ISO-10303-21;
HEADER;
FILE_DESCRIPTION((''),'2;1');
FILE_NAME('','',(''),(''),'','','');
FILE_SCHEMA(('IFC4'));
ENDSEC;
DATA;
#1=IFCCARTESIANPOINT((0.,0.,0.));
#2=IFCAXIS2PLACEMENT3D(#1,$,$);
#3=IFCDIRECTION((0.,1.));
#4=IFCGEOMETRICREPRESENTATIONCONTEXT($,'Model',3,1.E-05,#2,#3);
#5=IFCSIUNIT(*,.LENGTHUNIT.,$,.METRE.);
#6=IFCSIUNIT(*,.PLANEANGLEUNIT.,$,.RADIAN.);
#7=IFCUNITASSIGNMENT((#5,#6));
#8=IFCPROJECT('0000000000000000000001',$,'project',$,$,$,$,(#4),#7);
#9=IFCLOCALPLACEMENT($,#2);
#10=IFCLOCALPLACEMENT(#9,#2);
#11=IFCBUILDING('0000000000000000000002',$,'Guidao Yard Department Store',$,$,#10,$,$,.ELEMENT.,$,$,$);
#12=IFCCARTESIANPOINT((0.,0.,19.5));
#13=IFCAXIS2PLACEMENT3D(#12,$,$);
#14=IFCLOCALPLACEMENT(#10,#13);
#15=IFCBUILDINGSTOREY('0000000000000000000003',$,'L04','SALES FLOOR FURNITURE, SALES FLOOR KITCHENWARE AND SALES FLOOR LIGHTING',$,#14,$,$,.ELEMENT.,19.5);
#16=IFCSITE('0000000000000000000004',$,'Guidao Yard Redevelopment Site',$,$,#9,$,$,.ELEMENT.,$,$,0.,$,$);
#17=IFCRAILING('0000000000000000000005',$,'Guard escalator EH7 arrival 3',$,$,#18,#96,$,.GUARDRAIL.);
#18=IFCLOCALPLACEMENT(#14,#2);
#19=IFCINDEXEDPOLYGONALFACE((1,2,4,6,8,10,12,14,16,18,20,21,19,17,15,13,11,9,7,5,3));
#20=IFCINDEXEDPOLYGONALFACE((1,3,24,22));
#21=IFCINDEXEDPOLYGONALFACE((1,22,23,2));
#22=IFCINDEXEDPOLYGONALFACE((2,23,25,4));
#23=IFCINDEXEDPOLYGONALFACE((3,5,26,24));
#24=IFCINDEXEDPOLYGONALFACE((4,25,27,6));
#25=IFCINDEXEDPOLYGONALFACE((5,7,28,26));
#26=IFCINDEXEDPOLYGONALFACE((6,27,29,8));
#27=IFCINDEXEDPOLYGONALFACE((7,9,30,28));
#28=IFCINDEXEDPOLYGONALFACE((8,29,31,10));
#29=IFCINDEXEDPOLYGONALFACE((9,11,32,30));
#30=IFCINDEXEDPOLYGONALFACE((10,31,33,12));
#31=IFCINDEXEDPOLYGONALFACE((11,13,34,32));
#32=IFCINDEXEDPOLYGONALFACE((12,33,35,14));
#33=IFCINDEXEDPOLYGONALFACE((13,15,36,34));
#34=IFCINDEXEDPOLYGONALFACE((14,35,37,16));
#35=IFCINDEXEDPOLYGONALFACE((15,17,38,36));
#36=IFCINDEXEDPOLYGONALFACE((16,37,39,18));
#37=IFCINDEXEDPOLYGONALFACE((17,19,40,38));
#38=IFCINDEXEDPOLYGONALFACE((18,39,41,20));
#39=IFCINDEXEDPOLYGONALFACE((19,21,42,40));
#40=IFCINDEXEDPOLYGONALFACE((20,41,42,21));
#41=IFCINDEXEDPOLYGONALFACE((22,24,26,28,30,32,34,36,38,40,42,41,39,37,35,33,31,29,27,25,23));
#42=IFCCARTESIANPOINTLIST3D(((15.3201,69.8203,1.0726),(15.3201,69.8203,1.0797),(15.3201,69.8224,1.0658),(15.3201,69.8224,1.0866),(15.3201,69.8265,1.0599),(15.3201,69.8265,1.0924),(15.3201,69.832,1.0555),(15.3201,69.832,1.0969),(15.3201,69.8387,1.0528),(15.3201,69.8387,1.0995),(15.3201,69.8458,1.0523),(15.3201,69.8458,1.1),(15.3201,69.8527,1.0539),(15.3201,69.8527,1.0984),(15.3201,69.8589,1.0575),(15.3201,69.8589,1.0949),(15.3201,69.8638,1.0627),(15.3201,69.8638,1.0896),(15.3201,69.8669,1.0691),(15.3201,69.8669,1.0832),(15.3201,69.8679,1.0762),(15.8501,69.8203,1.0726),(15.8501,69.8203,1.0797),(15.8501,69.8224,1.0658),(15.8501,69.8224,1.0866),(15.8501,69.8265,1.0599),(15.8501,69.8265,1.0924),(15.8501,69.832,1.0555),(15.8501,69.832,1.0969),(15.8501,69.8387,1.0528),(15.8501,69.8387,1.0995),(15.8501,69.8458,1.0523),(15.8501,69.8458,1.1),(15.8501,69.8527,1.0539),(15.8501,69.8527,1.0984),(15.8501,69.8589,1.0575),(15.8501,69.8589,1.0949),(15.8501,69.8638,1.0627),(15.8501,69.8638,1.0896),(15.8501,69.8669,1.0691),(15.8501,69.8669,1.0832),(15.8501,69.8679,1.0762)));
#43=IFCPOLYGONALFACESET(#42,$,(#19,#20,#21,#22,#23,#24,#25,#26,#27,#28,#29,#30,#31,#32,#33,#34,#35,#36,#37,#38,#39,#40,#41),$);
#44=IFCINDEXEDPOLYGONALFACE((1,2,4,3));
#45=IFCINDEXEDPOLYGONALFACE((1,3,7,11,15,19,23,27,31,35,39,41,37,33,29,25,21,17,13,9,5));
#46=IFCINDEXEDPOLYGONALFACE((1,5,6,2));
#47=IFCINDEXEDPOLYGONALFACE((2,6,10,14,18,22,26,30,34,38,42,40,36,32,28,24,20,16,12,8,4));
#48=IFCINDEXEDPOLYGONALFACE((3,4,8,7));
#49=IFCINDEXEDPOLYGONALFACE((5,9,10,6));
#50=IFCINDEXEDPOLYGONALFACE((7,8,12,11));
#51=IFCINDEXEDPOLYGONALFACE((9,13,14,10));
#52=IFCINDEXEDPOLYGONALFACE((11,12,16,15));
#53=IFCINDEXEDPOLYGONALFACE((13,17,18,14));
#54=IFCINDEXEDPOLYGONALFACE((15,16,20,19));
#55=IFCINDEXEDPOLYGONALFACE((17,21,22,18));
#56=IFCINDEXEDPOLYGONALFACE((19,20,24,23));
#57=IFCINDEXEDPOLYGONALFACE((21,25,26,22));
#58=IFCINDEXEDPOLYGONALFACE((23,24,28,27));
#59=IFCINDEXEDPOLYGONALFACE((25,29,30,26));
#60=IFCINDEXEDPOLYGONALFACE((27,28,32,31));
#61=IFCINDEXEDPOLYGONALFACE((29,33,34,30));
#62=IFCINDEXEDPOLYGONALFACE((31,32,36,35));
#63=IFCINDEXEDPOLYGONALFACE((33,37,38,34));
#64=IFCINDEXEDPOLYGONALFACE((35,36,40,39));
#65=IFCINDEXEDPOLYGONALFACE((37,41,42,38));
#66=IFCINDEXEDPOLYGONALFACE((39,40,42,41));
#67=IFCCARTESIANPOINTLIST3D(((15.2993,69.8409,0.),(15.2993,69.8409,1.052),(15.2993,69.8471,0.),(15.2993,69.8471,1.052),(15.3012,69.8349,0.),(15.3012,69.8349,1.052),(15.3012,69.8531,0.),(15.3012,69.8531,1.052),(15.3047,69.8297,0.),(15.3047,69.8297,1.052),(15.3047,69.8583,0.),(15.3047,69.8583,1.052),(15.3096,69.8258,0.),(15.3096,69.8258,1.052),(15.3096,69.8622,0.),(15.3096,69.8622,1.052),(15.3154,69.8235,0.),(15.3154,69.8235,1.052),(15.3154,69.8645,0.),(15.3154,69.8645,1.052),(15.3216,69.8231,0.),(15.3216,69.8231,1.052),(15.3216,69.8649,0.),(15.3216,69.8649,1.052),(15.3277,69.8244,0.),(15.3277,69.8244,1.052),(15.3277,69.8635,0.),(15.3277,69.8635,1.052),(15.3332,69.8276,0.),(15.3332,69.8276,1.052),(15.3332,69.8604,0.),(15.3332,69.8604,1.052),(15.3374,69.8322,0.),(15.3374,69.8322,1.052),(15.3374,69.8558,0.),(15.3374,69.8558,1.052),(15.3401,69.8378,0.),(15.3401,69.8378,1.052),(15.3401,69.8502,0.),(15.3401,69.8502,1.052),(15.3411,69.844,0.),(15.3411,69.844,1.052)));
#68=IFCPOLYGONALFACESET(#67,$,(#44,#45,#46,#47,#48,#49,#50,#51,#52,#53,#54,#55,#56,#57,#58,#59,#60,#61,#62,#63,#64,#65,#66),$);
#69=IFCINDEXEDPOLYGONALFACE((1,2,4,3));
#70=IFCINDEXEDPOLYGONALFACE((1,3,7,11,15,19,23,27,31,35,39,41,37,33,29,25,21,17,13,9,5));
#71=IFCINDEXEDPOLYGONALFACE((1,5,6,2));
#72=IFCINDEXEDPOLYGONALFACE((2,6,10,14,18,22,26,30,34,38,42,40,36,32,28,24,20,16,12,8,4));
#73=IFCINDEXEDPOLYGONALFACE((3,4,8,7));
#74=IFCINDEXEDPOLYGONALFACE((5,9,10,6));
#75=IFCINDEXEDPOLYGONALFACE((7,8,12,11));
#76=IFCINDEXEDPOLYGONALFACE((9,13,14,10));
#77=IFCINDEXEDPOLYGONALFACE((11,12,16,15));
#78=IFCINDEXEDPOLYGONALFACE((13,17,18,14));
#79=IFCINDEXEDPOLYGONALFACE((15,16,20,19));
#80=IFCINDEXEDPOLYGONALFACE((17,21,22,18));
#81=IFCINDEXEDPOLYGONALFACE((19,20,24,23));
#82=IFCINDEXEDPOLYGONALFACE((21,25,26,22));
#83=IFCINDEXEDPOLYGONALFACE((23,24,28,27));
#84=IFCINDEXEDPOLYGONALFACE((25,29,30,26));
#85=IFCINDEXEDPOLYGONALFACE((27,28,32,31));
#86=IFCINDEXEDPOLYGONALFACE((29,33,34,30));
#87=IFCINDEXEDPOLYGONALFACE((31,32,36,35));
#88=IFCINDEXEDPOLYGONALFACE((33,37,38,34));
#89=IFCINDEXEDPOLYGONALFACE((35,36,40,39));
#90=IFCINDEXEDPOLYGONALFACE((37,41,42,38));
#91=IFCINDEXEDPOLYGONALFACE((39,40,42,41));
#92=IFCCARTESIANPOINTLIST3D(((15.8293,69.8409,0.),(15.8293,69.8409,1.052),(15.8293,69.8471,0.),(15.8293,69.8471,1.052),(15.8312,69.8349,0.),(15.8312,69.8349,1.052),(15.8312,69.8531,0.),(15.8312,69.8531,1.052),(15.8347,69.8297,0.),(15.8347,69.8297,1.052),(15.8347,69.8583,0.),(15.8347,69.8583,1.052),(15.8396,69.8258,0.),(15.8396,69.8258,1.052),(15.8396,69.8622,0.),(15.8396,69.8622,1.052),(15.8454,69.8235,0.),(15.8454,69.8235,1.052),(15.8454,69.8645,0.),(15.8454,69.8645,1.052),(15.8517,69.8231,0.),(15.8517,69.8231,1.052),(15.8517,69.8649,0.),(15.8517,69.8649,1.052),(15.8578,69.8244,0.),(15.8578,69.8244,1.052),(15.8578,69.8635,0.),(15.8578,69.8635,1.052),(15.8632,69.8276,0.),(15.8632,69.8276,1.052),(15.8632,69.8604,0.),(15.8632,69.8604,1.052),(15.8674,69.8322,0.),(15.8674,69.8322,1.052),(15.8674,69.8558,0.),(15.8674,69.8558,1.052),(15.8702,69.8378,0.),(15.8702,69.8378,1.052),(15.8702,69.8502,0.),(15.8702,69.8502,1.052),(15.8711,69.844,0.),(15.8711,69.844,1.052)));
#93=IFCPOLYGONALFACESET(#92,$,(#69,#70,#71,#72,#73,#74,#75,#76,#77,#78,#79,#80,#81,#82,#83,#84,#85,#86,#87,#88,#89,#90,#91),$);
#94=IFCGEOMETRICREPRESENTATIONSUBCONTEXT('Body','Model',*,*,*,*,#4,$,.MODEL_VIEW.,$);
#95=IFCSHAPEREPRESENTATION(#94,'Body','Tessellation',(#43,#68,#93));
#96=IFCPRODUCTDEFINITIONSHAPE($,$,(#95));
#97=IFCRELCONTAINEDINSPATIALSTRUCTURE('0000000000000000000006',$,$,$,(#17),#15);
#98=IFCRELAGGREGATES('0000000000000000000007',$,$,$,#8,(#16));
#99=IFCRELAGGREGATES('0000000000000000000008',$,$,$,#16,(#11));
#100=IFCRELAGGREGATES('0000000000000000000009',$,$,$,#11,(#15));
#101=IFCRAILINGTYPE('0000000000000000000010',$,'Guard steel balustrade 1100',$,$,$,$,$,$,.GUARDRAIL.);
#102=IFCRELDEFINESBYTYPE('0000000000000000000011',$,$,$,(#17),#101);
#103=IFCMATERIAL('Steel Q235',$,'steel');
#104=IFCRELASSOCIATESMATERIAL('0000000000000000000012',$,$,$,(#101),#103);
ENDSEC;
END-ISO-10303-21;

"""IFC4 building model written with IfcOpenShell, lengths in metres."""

from ifc_helpers import new_model, si_unit, direction, frame, origin, origin_2d, place, context, subcontext, project, spatial, circle, extrude, material, type_object, element, save


model = new_model("IFC4")

# Units and contexts
model_context = context("Model", 3, precision=1e-05, world=origin(), true_north=direction((0.0, 1.0)))
body_context = subcontext(model_context, "Body", "Model", "MODEL_VIEW")
ifc_project = project(units=[si_unit("LENGTHUNIT", "METRE"), si_unit("PLANEANGLEUNIT", "RADIAN")], contexts=[model_context])

# Site, building, storey
site_placement = place(None, origin())
site = spatial("IfcSite", under=ifc_project, at=site_placement, Name="Guidao Yard Redevelopment Site", CompositionType="ELEMENT", RefElevation=0.0)
building_placement = place(site_placement, origin())
building = spatial("IfcBuilding", under=site, at=building_placement, Name="Guidao Yard Department Store", CompositionType="ELEMENT")
storey_placement = place(building_placement, frame((0.0, 0.0, 19.5)))
storey = spatial("IfcBuildingStorey", under=building, at=storey_placement, Name="L04", Description="SALES FLOOR FURNITURE, SALES FLOOR KITCHENWARE AND SALES FLOOR LIGHTING", CompositionType="ELEMENT", Elevation=19.5)

# Railing
ifc_material_1 = material(Name="Steel Q235", Category="steel")
railing_type_1 = type_object("IfcRailingType", Name="Guard steel balustrade 1100", PredefinedType="GUARDRAIL", material=ifc_material_1)
railing_1_placement = place(storey_placement, frame((15.3201, 69.844, 0.0)))
element("IfcRailing", 1, at=railing_1_placement, inside=storey, type_object=railing_type_1, Name="Guard escalator EH7 arrival 3", PredefinedType="GUARDRAIL", context=body_context, shape_type="SweptSolid", body=[
    extrude(circle(Radius=0.0239, at=origin_2d()), frame((0.0, 0.0, 1.0762), z_axis=(1.0, 0.0, 0.0), x_axis=(0.0, 1.0, 0.0)), (0.0, 0.0, 1.0), 0.53),
    extrude(circle(Radius=0.021, at=origin_2d()), origin(), (0.0, 0.0, 1.0), 1.052),
    extrude(circle(Radius=0.021, at=origin_2d()), frame((0.53, 0.0, 0.0)), (0.0, 0.0, 1.0), 1.052),
])

save(model, "model.ifc")
